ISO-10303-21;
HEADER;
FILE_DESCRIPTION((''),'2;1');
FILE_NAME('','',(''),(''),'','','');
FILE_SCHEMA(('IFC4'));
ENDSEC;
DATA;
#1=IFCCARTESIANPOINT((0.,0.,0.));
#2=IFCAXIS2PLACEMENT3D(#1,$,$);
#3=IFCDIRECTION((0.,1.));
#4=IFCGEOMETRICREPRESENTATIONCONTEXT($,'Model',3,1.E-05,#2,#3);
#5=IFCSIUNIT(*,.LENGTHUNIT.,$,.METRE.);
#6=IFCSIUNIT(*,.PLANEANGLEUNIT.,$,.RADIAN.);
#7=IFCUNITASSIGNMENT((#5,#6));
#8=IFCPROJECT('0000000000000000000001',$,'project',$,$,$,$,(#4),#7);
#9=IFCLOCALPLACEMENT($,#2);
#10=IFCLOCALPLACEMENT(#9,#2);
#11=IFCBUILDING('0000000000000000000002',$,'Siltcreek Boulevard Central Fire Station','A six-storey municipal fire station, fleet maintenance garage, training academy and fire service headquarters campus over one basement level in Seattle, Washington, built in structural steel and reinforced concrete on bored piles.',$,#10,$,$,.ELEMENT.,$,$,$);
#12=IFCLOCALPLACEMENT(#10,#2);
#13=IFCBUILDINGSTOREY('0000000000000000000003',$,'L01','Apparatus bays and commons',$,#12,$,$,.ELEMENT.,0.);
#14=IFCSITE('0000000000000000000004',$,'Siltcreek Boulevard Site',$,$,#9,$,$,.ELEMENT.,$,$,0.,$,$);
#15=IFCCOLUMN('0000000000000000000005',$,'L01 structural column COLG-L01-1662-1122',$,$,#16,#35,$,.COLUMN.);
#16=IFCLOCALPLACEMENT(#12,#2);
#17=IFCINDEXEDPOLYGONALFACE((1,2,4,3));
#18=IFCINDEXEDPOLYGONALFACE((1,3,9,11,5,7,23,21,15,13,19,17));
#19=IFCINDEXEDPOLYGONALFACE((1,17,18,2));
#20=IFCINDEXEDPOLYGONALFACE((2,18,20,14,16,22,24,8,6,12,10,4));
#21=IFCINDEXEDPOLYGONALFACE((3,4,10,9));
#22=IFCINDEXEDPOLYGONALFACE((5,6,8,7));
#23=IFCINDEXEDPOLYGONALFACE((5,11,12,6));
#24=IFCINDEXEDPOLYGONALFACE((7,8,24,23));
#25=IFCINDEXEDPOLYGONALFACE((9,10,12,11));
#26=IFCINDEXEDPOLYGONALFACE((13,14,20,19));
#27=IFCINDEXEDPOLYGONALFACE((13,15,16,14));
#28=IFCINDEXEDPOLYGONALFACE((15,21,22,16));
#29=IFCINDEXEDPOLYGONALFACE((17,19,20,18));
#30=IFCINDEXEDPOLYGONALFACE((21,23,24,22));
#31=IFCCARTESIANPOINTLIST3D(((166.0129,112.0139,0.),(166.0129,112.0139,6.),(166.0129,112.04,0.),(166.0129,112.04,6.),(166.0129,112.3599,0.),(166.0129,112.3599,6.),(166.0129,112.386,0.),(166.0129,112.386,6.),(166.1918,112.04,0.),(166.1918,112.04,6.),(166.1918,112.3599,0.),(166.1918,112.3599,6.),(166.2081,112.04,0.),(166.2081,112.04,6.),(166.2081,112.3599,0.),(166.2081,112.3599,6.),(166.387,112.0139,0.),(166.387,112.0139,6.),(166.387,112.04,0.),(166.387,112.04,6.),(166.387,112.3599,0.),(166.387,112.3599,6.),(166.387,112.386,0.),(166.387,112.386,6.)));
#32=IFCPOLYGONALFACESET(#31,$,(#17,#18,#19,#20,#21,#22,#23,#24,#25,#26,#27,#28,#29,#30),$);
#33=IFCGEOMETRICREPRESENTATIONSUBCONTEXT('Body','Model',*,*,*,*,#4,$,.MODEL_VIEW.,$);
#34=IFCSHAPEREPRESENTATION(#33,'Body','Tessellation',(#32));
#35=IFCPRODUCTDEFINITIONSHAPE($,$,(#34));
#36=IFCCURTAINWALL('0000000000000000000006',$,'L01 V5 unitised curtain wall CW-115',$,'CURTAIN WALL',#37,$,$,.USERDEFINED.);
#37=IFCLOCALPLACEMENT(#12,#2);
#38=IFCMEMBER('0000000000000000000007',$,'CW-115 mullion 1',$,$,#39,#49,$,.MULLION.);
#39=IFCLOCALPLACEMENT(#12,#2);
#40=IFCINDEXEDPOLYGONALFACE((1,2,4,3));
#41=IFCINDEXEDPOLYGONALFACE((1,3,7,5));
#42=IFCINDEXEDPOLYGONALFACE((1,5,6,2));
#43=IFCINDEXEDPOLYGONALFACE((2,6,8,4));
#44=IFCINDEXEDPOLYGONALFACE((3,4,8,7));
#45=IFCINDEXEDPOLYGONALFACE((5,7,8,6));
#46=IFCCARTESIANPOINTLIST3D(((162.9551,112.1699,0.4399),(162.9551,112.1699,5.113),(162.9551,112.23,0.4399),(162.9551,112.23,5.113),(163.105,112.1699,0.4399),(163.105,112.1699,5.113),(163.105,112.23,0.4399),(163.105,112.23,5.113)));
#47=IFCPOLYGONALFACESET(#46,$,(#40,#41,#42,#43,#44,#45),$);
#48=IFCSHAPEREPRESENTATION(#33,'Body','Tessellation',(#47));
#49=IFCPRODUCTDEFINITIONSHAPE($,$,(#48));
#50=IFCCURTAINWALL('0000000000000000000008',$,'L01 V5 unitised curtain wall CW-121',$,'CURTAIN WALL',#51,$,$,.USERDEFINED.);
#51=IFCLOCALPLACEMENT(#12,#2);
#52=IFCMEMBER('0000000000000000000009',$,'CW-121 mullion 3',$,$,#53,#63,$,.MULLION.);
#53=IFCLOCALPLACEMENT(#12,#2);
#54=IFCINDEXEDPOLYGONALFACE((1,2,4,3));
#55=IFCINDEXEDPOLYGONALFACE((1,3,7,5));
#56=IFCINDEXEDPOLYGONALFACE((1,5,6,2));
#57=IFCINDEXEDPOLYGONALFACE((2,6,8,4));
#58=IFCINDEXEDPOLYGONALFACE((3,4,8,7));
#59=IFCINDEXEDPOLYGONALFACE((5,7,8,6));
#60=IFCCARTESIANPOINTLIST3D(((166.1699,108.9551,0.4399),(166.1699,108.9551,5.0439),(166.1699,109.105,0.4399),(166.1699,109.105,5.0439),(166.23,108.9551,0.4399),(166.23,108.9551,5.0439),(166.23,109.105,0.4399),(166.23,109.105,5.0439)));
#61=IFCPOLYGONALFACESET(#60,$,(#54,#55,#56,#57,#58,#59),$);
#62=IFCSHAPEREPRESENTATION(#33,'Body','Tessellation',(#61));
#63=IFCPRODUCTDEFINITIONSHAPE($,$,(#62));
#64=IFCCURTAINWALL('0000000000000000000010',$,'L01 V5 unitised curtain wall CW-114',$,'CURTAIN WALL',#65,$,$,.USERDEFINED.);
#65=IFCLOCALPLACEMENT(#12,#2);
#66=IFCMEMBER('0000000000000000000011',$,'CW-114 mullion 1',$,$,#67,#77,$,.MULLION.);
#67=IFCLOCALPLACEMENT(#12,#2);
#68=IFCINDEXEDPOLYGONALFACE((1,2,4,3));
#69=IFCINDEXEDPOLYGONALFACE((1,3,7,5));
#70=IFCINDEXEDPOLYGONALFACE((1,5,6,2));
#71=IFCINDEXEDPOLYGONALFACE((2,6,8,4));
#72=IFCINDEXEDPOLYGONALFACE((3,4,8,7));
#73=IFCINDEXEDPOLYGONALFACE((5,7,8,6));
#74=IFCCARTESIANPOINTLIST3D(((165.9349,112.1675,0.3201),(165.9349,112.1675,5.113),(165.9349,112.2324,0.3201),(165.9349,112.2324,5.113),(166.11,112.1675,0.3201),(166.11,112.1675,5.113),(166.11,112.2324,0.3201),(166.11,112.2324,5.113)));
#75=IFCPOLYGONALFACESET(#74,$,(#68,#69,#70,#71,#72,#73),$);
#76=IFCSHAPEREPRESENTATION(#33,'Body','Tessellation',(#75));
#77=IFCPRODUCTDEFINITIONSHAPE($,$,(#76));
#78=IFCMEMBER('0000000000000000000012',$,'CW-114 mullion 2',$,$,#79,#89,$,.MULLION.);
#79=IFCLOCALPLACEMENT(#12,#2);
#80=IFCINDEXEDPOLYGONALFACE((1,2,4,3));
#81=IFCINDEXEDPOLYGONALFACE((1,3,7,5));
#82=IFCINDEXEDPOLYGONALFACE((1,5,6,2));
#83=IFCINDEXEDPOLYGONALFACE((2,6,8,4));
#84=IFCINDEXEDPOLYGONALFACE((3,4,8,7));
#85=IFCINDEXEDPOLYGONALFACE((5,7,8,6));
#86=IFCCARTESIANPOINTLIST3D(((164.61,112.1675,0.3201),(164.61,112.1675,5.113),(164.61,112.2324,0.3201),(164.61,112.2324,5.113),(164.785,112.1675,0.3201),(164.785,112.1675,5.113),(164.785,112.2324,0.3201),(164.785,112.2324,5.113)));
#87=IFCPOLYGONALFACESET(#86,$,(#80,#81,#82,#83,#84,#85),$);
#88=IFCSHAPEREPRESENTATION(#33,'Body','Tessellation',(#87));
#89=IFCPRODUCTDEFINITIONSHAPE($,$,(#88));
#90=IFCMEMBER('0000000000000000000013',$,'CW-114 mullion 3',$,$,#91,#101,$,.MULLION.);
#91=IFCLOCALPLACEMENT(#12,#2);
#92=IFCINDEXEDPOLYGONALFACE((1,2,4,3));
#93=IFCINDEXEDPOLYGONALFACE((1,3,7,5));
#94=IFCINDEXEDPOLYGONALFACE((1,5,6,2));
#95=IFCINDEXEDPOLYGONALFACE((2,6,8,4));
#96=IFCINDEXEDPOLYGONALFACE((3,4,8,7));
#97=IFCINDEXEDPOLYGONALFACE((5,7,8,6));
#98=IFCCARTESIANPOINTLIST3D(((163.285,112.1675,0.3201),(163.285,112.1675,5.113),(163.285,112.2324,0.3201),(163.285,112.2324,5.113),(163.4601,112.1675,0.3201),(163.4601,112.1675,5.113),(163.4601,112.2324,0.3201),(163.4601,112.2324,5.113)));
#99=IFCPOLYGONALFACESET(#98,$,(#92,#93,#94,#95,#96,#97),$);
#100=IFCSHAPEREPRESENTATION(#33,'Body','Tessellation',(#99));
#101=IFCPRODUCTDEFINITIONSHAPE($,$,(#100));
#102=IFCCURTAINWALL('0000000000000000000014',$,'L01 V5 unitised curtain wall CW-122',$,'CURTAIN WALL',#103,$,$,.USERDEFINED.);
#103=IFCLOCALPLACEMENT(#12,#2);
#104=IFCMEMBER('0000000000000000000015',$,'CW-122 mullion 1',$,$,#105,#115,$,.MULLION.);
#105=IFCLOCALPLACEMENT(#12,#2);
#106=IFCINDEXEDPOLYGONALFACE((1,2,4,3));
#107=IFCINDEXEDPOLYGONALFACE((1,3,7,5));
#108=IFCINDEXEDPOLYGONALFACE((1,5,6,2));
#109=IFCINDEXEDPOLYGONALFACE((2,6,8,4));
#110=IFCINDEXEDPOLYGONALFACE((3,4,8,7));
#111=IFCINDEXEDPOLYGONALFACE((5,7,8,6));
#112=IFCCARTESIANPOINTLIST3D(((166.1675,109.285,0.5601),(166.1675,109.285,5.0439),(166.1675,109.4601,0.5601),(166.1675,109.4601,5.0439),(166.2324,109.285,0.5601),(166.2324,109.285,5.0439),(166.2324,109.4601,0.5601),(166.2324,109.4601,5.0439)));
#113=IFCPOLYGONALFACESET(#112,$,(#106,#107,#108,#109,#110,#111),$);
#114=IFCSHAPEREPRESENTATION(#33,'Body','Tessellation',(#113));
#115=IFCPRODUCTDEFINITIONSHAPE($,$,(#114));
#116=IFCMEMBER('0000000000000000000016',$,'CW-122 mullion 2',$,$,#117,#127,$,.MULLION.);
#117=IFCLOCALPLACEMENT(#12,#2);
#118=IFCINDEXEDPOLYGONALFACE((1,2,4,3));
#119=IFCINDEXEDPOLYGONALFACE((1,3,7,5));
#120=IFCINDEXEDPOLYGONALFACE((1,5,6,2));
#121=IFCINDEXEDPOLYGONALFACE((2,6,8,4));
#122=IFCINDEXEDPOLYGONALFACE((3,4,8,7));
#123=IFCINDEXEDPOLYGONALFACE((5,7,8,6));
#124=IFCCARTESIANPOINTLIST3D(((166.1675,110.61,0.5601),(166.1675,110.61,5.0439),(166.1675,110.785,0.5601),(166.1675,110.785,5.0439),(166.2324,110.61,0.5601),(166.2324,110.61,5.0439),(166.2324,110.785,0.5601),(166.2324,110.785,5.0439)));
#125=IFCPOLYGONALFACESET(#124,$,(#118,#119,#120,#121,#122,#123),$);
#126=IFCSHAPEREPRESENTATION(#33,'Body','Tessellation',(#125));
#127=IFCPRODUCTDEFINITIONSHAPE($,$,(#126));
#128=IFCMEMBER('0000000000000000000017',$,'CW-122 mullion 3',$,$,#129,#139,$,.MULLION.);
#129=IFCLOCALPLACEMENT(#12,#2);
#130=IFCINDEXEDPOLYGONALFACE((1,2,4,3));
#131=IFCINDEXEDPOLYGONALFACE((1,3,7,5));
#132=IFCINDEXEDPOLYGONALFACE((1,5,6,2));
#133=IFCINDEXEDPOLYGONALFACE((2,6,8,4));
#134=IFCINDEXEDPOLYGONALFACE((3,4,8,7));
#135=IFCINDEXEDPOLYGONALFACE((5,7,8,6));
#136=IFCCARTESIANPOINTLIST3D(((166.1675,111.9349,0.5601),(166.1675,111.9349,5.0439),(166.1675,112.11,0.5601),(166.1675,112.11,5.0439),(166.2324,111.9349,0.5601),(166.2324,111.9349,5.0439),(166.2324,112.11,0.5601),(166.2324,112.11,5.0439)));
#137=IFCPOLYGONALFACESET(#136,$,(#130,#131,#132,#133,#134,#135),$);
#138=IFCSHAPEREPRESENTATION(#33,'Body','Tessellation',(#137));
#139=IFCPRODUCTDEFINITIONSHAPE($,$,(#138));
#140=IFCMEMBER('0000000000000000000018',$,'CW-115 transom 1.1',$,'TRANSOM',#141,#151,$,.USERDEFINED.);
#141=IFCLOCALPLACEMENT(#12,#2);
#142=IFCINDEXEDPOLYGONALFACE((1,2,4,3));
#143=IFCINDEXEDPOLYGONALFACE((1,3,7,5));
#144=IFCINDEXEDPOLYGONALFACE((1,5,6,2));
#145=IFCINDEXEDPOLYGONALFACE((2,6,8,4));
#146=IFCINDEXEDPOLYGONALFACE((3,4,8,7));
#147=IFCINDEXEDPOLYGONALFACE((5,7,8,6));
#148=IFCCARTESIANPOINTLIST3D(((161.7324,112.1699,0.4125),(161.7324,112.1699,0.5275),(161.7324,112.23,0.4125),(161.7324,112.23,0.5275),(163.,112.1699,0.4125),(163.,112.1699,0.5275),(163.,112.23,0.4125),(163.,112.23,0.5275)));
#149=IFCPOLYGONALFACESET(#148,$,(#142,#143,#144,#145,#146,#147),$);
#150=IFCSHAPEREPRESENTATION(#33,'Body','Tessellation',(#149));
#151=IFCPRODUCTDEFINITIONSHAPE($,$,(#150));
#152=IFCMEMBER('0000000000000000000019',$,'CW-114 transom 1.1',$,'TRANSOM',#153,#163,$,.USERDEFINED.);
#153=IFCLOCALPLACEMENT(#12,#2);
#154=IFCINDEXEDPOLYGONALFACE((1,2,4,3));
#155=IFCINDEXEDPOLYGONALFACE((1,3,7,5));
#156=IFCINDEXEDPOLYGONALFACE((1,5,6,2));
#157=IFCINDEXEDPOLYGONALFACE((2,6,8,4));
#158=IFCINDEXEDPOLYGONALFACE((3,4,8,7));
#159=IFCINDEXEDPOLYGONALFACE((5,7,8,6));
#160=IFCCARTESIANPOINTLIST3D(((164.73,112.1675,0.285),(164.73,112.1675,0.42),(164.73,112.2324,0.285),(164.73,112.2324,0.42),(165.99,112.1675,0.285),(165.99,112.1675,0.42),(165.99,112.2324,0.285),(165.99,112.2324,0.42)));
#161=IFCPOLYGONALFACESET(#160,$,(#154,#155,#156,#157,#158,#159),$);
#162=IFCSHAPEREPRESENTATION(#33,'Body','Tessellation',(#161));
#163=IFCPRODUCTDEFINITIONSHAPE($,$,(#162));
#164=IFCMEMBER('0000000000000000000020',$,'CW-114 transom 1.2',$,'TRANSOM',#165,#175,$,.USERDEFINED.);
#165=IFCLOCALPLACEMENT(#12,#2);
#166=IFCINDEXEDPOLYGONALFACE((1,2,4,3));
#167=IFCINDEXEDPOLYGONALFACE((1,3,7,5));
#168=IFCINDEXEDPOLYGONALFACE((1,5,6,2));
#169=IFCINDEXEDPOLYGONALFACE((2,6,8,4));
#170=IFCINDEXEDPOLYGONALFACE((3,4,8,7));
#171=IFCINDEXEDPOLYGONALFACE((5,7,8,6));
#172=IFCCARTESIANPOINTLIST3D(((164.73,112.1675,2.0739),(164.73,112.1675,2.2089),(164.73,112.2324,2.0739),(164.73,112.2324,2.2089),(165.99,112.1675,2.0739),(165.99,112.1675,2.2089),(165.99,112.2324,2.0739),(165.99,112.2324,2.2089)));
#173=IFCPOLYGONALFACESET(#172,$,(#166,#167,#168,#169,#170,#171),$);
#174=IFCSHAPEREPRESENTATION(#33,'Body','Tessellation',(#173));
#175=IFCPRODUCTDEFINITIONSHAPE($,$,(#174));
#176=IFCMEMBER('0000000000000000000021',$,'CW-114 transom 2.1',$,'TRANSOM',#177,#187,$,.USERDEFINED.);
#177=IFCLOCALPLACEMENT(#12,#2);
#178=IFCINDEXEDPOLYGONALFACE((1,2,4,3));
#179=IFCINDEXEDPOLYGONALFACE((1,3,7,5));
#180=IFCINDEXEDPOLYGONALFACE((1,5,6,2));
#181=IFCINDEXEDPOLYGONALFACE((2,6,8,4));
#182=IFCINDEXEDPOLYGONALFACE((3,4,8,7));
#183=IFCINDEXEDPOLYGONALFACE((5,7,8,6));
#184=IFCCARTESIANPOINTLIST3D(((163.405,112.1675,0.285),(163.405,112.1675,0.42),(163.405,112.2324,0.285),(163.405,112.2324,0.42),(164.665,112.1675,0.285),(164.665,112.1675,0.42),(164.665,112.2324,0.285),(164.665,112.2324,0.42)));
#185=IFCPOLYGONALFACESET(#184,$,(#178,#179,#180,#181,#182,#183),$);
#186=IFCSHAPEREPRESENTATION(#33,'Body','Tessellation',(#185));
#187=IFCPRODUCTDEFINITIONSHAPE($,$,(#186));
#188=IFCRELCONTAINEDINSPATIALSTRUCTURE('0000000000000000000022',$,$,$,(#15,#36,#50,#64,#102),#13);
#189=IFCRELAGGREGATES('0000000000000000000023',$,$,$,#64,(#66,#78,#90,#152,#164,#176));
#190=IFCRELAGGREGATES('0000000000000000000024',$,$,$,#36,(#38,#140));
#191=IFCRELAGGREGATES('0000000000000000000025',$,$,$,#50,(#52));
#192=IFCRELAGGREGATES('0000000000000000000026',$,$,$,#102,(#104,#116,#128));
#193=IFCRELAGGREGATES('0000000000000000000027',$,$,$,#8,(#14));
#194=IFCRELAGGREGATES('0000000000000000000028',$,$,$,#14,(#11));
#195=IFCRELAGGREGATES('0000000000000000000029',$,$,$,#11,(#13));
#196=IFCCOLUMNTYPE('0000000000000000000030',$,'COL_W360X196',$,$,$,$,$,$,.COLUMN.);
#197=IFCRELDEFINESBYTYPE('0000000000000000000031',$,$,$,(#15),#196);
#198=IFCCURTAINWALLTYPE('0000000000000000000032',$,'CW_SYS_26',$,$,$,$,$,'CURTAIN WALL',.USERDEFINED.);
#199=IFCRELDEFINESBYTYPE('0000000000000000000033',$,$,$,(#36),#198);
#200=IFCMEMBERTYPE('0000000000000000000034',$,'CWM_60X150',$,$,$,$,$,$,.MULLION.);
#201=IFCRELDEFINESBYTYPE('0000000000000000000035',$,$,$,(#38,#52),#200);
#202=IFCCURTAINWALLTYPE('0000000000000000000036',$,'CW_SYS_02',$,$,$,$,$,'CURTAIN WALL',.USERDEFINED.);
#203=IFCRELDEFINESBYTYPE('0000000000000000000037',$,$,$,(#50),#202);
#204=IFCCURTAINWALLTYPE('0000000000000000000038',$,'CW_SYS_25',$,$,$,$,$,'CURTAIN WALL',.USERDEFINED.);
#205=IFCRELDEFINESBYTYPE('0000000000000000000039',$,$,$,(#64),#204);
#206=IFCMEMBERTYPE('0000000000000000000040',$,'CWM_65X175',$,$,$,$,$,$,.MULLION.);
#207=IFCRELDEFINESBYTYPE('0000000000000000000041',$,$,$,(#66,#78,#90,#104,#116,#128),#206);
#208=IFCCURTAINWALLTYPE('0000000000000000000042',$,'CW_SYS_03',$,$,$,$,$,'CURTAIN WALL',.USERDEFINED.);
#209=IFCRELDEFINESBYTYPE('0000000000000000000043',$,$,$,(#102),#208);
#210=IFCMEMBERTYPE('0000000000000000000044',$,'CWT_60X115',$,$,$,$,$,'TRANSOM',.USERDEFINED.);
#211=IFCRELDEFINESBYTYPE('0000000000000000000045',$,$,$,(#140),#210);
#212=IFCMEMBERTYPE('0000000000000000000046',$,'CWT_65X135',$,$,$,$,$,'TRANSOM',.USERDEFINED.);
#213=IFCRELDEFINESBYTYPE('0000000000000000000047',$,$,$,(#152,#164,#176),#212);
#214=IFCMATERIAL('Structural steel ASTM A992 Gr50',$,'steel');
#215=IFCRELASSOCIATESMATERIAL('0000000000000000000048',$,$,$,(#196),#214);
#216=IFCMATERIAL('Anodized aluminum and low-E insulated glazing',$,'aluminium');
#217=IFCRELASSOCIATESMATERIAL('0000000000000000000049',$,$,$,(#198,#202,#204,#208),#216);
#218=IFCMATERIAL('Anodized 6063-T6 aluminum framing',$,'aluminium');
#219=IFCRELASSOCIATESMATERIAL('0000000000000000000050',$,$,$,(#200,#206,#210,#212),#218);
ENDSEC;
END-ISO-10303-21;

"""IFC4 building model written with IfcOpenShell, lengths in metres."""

from ifc_helpers import new_model, si_unit, direction, frame, origin, origin_2d, place, context, subcontext, project, spatial, rectangle, i_section, extrude, material, material_profile, profile_set, type_object, element, aggregate, save


model = new_model("IFC4")

# Units and contexts
model_context = context("Model", 3, precision=1e-05, world=origin(), true_north=direction((0.0, 1.0)))
body_context = subcontext(model_context, "Body", "Model", "MODEL_VIEW")
ifc_project = project(units=[si_unit("LENGTHUNIT", "METRE"), si_unit("PLANEANGLEUNIT", "RADIAN")], contexts=[model_context])

# Site, building, storey
site_placement = place(None, origin())
site = spatial("IfcSite", under=ifc_project, at=site_placement, Name="Siltcreek Boulevard Site", CompositionType="ELEMENT", RefElevation=0.0)
building_placement = place(site_placement, origin())
building = spatial("IfcBuilding", under=site, at=building_placement, Name="Siltcreek Boulevard Central Fire Station", Description="A six-storey municipal fire station, fleet maintenance garage, training academy and fire service headquarters campus over one basement level in Seattle, Washington, built in structural steel and reinforced concrete on bored piles.", CompositionType="ELEMENT")
storey_placement = place(building_placement, origin())
storey = spatial("IfcBuildingStorey", under=building, at=storey_placement, Name="L01", Description="Apparatus bays and commons", CompositionType="ELEMENT", Elevation=0.0)

# Column
ifc_material_1 = material(Name="Structural steel ASTM A992 Gr50", Category="steel")
ifc_material_profile_1 = material_profile(ifc_material_1, i_section(OverallWidth=0.374, OverallDepth=0.3721, WebThickness=0.0164, FlangeThickness=0.0261, at=origin_2d()), Name="W360X196")
ifc_profile_set_1 = profile_set([ifc_material_profile_1], Name="Structural steel ASTM A992 Gr50")
column_type = type_object("IfcColumnType", Name="COL_W360X196", PredefinedType="COLUMN", material=ifc_profile_set_1)
column_placement = place(storey_placement, frame((166.2, 112.2, 0.0), z_axis=(0.0, 0.0, 1.0), x_axis=(1.0, 0.0, 0.0)))
element("IfcColumn", 1, at=column_placement, inside=storey, type_object=column_type, Name="L01 structural column COLG-L01-1662-1122", PredefinedType="COLUMN", context=body_context, shape_type="SweptSolid", body=[
    extrude(i_section(OverallWidth=0.374, OverallDepth=0.3721, WebThickness=0.0164, FlangeThickness=0.0261, at=origin_2d()), origin(), (0.0, 0.0, 1.0), 6.0),
])

# Curtain walls, members
ifc_material_2 = material(Name="Anodized aluminum and low-E insulated glazing", Category="aluminium")
curtain_wall_type_1 = type_object("IfcCurtainWallType", Name="CW_SYS_26", ElementType="CURTAIN WALL", PredefinedType="USERDEFINED", material=ifc_material_2)
curtain_wall_1_placement = place(storey_placement, origin())
curtain_wall_1 = element("IfcCurtainWall", 2, at=curtain_wall_1_placement, inside=storey, type_object=curtain_wall_type_1, Name="L01 V5 unitised curtain wall CW-115", ObjectType="CURTAIN WALL", PredefinedType="USERDEFINED")
ifc_material_3 = material(Name="Anodized 6063-T6 aluminum framing", Category="aluminium")
ifc_material_profile_2 = material_profile(ifc_material_3, rectangle(XDim=0.0601, YDim=0.1499, at=origin_2d()), Name="MULL60X150")
ifc_profile_set_2 = profile_set([ifc_material_profile_2], Name="Anodized 6063-T6 aluminum framing")
member_type_1 = type_object("IfcMemberType", Name="CWM_60X150", PredefinedType="MULLION", material=ifc_profile_set_2)
member_1_placement = place(storey_placement, frame((163.03, 112.2, 0.4399), z_axis=(0.0, 0.0, 1.0), x_axis=(0.0, -1.0, 0.0)))
member_1 = element("IfcMember", 3, at=member_1_placement, type_object=member_type_1, Name="CW-115 mullion 1", PredefinedType="MULLION", context=body_context, shape_type="SweptSolid", body=[
    extrude(rectangle(XDim=0.0601, YDim=0.1499, at=origin_2d()), origin(), (0.0, 0.0, 1.0), 4.6731),
])
curtain_wall_type_2 = type_object("IfcCurtainWallType", Name="CW_SYS_02", ElementType="CURTAIN WALL", PredefinedType="USERDEFINED", material=ifc_material_2)
curtain_wall_2_placement = place(storey_placement, origin())
curtain_wall_2 = element("IfcCurtainWall", 4, at=curtain_wall_2_placement, inside=storey, type_object=curtain_wall_type_2, Name="L01 V5 unitised curtain wall CW-121", ObjectType="CURTAIN WALL", PredefinedType="USERDEFINED")
member_2_placement = place(storey_placement, frame((166.2, 109.03, 0.4399), z_axis=(0.0, 0.0, 1.0), x_axis=(-1.0, 0.0, 0.0)))
member_2 = element("IfcMember", 5, at=member_2_placement, type_object=member_type_1, Name="CW-121 mullion 3", PredefinedType="MULLION", context=body_context, shape_type="SweptSolid", body=[
    extrude(rectangle(XDim=0.0601, YDim=0.1499, at=origin_2d()), origin(), (0.0, 0.0, 1.0), 4.604),
])

# Curtain walls, members
curtain_wall_type_3 = type_object("IfcCurtainWallType", Name="CW_SYS_25", ElementType="CURTAIN WALL", PredefinedType="USERDEFINED", material=ifc_material_2)
curtain_wall_3_placement = place(storey_placement, origin())
curtain_wall_3 = element("IfcCurtainWall", 6, at=curtain_wall_3_placement, inside=storey, type_object=curtain_wall_type_3, Name="L01 V5 unitised curtain wall CW-114", ObjectType="CURTAIN WALL", PredefinedType="USERDEFINED")
ifc_material_profile_3 = material_profile(ifc_material_3, rectangle(XDim=0.0649, YDim=0.175, at=origin_2d()), Name="MULL65X175")
ifc_profile_set_3 = profile_set([ifc_material_profile_3], Name="Anodized 6063-T6 aluminum framing")
member_type_2 = type_object("IfcMemberType", Name="CWM_65X175", PredefinedType="MULLION", material=ifc_profile_set_3)
member_3_placement = place(storey_placement, frame((166.0225, 112.2, 0.3201), z_axis=(0.0, 0.0, 1.0), x_axis=(0.0, -1.0, 0.0)))
member_3 = element("IfcMember", 7, at=member_3_placement, type_object=member_type_2, Name="CW-114 mullion 1", PredefinedType="MULLION", context=body_context, shape_type="SweptSolid", body=[
    extrude(rectangle(XDim=0.0649, YDim=0.175, at=origin_2d()), origin(), (0.0, 0.0, 1.0), 4.793),
])
member_4_placement = place(storey_placement, frame((164.6975, 112.2, 0.3201), z_axis=(0.0, 0.0, 1.0), x_axis=(0.0, -1.0, 0.0)))
member_4 = element("IfcMember", 8, at=member_4_placement, type_object=member_type_2, Name="CW-114 mullion 2", PredefinedType="MULLION", context=body_context, shape_type="SweptSolid", body=[
    extrude(rectangle(XDim=0.0649, YDim=0.175, at=origin_2d()), origin(), (0.0, 0.0, 1.0), 4.793),
])
member_5_placement = place(storey_placement, frame((163.3726, 112.2, 0.3201), z_axis=(0.0, 0.0, 1.0), x_axis=(0.0, -1.0, 0.0)))
member_5 = element("IfcMember", 9, at=member_5_placement, type_object=member_type_2, Name="CW-114 mullion 3", PredefinedType="MULLION", context=body_context, shape_type="SweptSolid", body=[
    extrude(rectangle(XDim=0.0649, YDim=0.175, at=origin_2d()), origin(), (0.0, 0.0, 1.0), 4.793),
])
curtain_wall_type_4 = type_object("IfcCurtainWallType", Name="CW_SYS_03", ElementType="CURTAIN WALL", PredefinedType="USERDEFINED", material=ifc_material_2)
curtain_wall_4_placement = place(storey_placement, origin())
curtain_wall_4 = element("IfcCurtainWall", 10, at=curtain_wall_4_placement, inside=storey, type_object=curtain_wall_type_4, Name="L01 V5 unitised curtain wall CW-122", ObjectType="CURTAIN WALL", PredefinedType="USERDEFINED")
member_6_placement = place(storey_placement, frame((166.2, 109.3726, 0.5601), z_axis=(0.0, 0.0, 1.0), x_axis=(-1.0, 0.0, 0.0)))
member_6 = element("IfcMember", 11, at=member_6_placement, type_object=member_type_2, Name="CW-122 mullion 1", PredefinedType="MULLION", context=body_context, shape_type="SweptSolid", body=[
    extrude(rectangle(XDim=0.0649, YDim=0.175, at=origin_2d()), origin(), (0.0, 0.0, 1.0), 4.4839),
])
member_7_placement = place(storey_placement, frame((166.2, 110.6975, 0.5601), z_axis=(0.0, 0.0, 1.0), x_axis=(-1.0, 0.0, 0.0)))
member_7 = element("IfcMember", 12, at=member_7_placement, type_object=member_type_2, Name="CW-122 mullion 2", PredefinedType="MULLION", context=body_context, shape_type="SweptSolid", body=[
    extrude(rectangle(XDim=0.0649, YDim=0.175, at=origin_2d()), origin(), (0.0, 0.0, 1.0), 4.4839),
])
member_8_placement = place(storey_placement, frame((166.2, 112.0225, 0.5601), z_axis=(0.0, 0.0, 1.0), x_axis=(-1.0, 0.0, 0.0)))
member_8 = element("IfcMember", 13, at=member_8_placement, type_object=member_type_2, Name="CW-122 mullion 3", PredefinedType="MULLION", context=body_context, shape_type="SweptSolid", body=[
    extrude(rectangle(XDim=0.0649, YDim=0.175, at=origin_2d()), origin(), (0.0, 0.0, 1.0), 4.4839),
])

# Members
ifc_material_profile_4 = material_profile(ifc_material_3, rectangle(XDim=0.0601, YDim=0.115, at=origin_2d()), Name="TRAN60X115")
ifc_profile_set_4 = profile_set([ifc_material_profile_4], Name="Anodized 6063-T6 aluminum framing")
member_type_3 = type_object("IfcMemberType", Name="CWT_60X115", ElementType="TRANSOM", PredefinedType="USERDEFINED", material=ifc_profile_set_4)
member_9_placement = place(storey_placement, frame((163.0, 112.2, 0.47), z_axis=(-1.0, 0.0, 0.0), x_axis=(0.0, -1.0, 0.0)))
member_9 = element("IfcMember", 14, at=member_9_placement, type_object=member_type_3, Name="CW-115 transom 1.1", ObjectType="TRANSOM", PredefinedType="USERDEFINED", context=body_context, shape_type="SweptSolid", body=[
    extrude(rectangle(XDim=0.0601, YDim=0.115, at=origin_2d()), origin(), (0.0, 0.0, 1.0), 1.2676),
])
ifc_material_profile_5 = material_profile(ifc_material_3, rectangle(XDim=0.0649, YDim=0.135, at=origin_2d()), Name="TRAN65X135")
ifc_profile_set_5 = profile_set([ifc_material_profile_5], Name="Anodized 6063-T6 aluminum framing")
member_type_4 = type_object("IfcMemberType", Name="CWT_65X135", ElementType="TRANSOM", PredefinedType="USERDEFINED", material=ifc_profile_set_5)
member_10_placement = place(storey_placement, frame((165.99, 112.2, 0.3525), z_axis=(-1.0, 0.0, 0.0), x_axis=(0.0, -1.0, 0.0)))
member_10 = element("IfcMember", 15, at=member_10_placement, type_object=member_type_4, Name="CW-114 transom 1.1", ObjectType="TRANSOM", PredefinedType="USERDEFINED", context=body_context, shape_type="SweptSolid", body=[
    extrude(rectangle(XDim=0.0649, YDim=0.135, at=origin_2d()), origin(), (0.0, 0.0, 1.0), 1.26),
])
member_11_placement = place(storey_placement, frame((165.99, 112.2, 2.1414), z_axis=(-1.0, 0.0, 0.0), x_axis=(0.0, -1.0, 0.0)))
member_11 = element("IfcMember", 16, at=member_11_placement, type_object=member_type_4, Name="CW-114 transom 1.2", ObjectType="TRANSOM", PredefinedType="USERDEFINED", context=body_context, shape_type="SweptSolid", body=[
    extrude(rectangle(XDim=0.0649, YDim=0.135, at=origin_2d()), origin(), (0.0, 0.0, 1.0), 1.26),
])
member_12_placement = place(storey_placement, frame((164.665, 112.2, 0.3525), z_axis=(-1.0, 0.0, 0.0), x_axis=(0.0, -1.0, 0.0)))
member_12 = element("IfcMember", 17, at=member_12_placement, type_object=member_type_4, Name="CW-114 transom 2.1", ObjectType="TRANSOM", PredefinedType="USERDEFINED", context=body_context, shape_type="SweptSolid", body=[
    extrude(rectangle(XDim=0.0649, YDim=0.135, at=origin_2d()), origin(), (0.0, 0.0, 1.0), 1.26),
])

aggregate(curtain_wall_3, [member_3, member_4, member_5, member_10, member_11, member_12])
aggregate(curtain_wall_1, [member_1, member_9])
aggregate(curtain_wall_2, [member_2])
aggregate(curtain_wall_4, [member_6, member_7, member_8])

save(model, "model.ifc")
